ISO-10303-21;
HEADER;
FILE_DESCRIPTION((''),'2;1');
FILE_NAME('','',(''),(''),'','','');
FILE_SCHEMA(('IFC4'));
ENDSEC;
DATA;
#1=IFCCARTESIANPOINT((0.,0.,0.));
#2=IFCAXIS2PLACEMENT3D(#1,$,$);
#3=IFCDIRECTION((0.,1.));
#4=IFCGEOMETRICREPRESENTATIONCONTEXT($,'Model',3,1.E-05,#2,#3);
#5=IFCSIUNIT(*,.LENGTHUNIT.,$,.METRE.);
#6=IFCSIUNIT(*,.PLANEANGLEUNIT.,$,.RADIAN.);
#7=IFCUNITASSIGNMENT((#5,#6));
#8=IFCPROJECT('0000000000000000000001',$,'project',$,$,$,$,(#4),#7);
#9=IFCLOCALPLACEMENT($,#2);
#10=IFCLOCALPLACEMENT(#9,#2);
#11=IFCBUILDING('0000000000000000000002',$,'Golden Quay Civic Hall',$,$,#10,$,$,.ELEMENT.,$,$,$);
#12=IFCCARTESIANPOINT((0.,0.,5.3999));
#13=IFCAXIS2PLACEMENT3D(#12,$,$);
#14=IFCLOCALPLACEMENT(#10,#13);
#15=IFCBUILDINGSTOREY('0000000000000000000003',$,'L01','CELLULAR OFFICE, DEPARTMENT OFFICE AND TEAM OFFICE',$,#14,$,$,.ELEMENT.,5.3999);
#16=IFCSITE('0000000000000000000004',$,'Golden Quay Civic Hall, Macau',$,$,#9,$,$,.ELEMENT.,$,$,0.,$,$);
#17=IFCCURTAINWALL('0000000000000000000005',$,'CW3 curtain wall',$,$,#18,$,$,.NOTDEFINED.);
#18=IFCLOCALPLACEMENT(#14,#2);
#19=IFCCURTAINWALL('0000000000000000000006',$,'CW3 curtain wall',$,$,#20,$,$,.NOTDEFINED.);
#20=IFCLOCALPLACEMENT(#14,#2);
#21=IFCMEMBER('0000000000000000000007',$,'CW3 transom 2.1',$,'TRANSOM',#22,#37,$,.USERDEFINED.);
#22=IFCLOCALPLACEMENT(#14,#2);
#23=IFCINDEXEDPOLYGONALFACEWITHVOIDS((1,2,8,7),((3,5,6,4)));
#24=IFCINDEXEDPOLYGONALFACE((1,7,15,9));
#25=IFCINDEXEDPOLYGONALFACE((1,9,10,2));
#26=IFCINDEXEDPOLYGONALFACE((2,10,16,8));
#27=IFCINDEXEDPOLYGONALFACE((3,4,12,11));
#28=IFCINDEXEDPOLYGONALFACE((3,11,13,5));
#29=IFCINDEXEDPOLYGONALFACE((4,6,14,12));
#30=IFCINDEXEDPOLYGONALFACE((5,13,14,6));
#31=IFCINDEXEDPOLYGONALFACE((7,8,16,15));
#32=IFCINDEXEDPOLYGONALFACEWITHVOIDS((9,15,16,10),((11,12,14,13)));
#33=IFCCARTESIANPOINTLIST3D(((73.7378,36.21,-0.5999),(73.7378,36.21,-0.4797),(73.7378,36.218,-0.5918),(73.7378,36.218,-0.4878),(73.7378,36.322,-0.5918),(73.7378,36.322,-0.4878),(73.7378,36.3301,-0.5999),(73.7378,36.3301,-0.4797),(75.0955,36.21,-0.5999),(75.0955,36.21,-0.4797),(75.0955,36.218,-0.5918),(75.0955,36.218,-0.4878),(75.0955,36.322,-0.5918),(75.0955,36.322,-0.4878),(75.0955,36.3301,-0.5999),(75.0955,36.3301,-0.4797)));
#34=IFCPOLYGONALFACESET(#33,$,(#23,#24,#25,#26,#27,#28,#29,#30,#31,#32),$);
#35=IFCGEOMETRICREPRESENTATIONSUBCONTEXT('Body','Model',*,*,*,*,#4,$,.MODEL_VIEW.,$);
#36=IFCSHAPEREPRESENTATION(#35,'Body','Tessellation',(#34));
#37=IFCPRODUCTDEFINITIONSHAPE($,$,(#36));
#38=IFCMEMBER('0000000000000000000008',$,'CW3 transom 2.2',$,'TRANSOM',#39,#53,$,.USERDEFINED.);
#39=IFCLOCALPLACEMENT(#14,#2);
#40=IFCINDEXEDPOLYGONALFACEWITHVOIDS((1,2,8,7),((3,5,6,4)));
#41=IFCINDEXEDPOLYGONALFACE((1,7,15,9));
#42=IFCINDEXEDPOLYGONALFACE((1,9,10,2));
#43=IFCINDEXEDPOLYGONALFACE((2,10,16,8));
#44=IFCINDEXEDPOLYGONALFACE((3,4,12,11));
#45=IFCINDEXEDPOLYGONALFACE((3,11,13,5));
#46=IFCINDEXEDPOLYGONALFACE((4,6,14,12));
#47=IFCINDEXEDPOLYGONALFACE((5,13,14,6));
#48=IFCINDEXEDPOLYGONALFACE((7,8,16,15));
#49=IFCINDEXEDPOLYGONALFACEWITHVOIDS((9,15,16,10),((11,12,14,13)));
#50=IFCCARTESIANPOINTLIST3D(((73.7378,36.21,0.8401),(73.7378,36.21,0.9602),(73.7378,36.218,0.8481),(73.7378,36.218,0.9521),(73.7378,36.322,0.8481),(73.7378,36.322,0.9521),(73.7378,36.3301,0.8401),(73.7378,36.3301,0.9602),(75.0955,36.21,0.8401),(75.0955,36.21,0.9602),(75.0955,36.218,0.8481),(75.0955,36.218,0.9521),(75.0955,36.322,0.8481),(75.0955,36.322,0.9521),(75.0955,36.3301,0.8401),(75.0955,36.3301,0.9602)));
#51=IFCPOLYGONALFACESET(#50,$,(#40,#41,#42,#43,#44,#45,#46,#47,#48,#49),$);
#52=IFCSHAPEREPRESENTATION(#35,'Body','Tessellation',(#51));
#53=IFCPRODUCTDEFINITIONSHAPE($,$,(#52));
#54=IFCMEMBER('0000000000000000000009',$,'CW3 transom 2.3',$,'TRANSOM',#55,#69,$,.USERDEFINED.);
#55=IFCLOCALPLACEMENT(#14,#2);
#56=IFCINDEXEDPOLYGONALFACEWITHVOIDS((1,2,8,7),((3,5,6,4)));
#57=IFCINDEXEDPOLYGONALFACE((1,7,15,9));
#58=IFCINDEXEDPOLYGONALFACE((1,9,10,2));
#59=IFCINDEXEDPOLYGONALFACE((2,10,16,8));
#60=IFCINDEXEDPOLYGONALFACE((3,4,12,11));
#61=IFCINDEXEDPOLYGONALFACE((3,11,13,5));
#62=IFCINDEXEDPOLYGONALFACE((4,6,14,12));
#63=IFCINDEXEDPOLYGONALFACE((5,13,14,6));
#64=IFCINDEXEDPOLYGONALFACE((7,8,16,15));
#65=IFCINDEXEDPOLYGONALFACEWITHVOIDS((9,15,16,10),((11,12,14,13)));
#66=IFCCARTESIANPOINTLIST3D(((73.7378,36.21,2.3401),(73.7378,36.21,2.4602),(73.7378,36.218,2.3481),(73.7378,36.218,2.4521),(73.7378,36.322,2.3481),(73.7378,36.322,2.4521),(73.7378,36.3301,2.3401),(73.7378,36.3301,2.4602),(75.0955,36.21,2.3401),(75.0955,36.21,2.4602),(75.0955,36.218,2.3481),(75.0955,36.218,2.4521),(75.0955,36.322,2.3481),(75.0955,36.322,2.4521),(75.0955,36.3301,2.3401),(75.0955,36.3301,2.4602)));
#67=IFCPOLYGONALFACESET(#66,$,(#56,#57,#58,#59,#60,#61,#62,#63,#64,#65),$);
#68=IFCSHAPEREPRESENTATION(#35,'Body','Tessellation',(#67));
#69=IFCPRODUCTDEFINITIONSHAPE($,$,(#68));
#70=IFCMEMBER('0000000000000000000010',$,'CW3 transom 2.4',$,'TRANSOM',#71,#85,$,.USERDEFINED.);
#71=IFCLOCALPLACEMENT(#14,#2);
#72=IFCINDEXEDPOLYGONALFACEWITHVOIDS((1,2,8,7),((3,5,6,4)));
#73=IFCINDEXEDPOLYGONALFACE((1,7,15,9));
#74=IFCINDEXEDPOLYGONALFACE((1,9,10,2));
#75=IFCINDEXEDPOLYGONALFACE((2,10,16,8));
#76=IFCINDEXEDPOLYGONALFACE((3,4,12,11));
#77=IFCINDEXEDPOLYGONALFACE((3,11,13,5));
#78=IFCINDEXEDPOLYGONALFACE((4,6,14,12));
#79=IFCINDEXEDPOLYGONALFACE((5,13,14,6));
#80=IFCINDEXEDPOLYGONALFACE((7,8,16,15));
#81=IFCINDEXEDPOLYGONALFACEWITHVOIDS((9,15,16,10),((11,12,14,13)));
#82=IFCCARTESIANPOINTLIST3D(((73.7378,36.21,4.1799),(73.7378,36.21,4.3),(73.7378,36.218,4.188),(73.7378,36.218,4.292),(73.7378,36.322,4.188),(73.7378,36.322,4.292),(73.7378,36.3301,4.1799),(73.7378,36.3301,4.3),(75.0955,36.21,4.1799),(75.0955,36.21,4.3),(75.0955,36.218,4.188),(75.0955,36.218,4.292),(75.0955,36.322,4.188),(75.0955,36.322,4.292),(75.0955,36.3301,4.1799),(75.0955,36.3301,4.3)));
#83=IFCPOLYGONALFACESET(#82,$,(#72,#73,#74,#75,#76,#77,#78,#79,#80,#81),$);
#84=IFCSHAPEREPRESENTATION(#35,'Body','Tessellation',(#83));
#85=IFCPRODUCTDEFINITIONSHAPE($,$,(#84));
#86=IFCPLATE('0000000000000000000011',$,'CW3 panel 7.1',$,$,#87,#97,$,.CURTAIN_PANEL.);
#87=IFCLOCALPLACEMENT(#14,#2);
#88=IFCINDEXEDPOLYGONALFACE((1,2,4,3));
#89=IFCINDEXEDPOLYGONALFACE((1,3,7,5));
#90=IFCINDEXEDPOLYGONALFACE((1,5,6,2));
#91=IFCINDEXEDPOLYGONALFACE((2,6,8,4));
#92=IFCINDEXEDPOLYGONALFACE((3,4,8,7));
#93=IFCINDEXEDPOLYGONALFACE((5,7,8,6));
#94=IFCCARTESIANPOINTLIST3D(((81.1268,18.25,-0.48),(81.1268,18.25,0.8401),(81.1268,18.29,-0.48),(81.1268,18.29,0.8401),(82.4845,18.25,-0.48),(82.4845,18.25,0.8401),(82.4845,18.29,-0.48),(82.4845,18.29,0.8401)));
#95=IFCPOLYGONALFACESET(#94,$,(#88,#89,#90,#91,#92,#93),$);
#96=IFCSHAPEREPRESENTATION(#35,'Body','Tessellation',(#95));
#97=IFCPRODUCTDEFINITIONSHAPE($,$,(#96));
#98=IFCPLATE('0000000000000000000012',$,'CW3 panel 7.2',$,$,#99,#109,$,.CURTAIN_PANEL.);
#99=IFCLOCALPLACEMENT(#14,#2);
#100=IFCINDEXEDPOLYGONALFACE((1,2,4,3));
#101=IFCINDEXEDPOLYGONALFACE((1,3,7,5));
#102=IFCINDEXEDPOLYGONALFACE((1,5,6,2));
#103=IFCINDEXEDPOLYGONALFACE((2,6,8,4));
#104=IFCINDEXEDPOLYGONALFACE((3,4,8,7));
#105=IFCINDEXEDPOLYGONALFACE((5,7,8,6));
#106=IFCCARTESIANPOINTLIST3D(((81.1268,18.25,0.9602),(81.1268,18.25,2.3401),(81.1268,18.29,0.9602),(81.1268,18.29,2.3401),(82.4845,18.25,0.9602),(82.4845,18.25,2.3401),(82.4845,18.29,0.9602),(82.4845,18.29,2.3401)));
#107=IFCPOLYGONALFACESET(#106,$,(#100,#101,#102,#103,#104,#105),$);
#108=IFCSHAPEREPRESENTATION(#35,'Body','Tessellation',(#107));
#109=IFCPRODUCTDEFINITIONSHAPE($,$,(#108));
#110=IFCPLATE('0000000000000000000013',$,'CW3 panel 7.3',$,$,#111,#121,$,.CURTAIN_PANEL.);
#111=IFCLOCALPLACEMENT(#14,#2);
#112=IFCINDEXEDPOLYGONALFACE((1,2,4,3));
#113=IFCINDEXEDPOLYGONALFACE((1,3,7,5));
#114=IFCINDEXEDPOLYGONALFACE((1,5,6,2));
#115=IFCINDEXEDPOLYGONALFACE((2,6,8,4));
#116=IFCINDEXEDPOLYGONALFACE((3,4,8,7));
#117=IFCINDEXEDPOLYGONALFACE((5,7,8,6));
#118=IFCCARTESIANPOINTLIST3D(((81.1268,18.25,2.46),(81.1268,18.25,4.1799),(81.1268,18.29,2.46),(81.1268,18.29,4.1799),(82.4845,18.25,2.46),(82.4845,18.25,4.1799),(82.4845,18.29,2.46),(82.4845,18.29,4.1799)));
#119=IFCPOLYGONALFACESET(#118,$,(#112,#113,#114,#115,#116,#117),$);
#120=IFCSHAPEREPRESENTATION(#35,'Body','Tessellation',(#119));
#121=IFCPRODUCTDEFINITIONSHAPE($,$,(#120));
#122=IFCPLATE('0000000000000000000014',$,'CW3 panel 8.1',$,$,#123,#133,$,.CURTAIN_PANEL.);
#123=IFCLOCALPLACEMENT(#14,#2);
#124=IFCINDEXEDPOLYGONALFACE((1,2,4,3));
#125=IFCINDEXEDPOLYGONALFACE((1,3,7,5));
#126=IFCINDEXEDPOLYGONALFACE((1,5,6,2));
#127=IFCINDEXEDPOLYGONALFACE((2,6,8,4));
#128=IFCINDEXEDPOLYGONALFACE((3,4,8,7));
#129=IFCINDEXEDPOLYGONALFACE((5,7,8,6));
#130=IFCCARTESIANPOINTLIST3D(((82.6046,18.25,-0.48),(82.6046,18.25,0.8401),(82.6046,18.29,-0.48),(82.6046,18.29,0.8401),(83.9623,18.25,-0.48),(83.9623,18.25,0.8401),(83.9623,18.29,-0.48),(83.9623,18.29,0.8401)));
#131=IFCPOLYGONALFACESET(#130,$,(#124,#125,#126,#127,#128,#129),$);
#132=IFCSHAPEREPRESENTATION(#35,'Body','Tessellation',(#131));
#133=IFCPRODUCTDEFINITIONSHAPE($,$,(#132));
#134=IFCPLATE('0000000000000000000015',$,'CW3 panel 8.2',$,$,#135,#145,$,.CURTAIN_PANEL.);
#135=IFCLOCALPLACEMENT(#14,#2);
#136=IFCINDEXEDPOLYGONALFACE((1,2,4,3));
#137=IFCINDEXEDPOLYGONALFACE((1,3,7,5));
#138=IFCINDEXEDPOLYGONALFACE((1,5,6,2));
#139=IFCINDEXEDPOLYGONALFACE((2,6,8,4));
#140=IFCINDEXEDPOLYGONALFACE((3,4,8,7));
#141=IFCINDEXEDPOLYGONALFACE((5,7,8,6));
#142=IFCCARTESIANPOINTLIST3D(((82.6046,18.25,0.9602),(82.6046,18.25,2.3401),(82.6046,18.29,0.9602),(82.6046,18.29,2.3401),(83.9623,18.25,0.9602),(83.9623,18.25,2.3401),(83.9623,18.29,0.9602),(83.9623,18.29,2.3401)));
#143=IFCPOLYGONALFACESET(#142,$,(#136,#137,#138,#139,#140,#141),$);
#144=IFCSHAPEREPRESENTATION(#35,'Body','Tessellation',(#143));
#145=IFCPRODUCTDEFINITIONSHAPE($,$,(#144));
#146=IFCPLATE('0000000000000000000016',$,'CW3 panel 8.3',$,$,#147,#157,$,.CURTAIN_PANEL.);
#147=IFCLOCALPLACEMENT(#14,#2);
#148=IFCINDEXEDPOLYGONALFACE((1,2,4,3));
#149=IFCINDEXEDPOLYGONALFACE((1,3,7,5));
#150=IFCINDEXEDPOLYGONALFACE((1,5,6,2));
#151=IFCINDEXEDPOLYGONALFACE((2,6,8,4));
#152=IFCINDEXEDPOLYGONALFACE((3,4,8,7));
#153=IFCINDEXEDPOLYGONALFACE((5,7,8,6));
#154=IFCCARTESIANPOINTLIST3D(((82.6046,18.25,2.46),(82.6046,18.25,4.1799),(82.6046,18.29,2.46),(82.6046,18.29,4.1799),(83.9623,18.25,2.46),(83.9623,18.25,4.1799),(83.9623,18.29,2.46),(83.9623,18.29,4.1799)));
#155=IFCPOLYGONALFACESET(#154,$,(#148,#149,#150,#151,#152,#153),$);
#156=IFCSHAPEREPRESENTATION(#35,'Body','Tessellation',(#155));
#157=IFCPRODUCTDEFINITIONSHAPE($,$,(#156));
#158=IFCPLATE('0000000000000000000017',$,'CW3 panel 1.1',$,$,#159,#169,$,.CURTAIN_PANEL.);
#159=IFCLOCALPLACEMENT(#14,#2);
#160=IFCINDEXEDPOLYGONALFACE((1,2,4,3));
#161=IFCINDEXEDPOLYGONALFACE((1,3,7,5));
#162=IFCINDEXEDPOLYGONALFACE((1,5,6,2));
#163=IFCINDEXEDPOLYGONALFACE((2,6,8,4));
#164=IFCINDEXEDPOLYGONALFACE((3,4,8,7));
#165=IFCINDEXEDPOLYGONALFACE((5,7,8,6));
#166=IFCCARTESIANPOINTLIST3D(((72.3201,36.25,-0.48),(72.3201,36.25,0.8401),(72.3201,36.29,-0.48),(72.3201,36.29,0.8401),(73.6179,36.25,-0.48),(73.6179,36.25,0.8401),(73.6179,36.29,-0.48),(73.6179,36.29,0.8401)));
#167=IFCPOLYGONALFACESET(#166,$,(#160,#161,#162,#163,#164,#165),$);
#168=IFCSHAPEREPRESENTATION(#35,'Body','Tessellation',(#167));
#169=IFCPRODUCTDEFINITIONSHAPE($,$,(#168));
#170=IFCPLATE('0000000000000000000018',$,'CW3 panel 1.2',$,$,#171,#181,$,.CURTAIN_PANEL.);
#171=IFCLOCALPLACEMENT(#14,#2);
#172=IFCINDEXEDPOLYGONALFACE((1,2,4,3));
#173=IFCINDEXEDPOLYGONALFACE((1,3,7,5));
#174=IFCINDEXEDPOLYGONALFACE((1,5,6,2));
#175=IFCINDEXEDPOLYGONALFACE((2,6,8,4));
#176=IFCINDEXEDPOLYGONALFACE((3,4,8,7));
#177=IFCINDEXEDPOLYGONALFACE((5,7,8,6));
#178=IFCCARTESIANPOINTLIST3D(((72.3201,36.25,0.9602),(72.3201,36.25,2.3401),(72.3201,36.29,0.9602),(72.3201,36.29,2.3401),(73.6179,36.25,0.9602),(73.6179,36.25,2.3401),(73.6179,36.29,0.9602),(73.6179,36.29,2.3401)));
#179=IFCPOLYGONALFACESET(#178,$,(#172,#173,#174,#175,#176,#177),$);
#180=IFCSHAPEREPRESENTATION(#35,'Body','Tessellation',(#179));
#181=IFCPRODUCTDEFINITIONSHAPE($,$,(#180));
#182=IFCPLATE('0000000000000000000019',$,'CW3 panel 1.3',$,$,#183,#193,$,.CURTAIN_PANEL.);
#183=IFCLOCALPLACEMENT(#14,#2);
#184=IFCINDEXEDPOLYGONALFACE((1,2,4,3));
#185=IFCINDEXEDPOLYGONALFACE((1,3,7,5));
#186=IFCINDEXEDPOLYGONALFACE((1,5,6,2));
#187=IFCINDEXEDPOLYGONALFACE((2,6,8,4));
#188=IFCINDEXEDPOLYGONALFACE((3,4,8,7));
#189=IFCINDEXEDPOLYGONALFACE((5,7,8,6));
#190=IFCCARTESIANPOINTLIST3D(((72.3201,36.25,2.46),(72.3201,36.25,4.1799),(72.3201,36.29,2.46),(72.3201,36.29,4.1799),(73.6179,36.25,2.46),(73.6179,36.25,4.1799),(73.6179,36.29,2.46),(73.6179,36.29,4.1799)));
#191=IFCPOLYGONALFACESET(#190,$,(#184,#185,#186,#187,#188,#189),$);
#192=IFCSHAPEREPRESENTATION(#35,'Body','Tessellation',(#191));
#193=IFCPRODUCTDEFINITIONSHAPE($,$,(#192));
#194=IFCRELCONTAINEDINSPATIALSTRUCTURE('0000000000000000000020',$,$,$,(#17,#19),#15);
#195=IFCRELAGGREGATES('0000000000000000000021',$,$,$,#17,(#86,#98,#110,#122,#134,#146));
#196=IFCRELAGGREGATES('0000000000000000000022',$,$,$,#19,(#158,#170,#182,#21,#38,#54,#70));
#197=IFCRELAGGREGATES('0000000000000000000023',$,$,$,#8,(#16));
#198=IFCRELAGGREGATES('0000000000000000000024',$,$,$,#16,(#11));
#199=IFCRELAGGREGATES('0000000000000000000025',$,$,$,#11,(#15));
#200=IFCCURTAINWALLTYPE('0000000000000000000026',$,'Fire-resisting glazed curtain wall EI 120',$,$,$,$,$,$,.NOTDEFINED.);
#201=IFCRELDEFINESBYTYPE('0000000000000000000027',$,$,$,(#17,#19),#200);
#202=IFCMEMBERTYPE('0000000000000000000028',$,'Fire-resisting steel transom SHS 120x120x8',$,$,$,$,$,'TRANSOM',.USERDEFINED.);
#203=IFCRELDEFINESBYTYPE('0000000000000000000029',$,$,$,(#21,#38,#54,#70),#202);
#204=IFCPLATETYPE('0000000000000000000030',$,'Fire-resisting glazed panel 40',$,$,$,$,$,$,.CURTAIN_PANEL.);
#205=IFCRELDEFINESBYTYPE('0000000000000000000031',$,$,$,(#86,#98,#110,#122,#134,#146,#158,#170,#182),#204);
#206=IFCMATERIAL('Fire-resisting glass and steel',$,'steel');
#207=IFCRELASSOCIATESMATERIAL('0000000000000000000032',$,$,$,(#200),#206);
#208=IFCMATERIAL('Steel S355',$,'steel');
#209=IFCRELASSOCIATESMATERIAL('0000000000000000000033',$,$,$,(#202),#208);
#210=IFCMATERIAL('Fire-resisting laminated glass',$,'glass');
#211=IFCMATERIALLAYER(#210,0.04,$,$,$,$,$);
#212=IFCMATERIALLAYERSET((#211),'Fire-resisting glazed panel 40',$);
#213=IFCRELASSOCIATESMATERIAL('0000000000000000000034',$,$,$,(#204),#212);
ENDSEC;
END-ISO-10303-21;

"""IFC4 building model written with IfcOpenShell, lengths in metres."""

from ifc_helpers import new_model, si_unit, direction, frame, origin, origin_2d, place, context, subcontext, project, spatial, rectangle, hollow_rectangle, extrude, material, layer, layer_set, material_profile, profile_set, type_object, element, aggregate, save


model = new_model("IFC4")

# Units and contexts
model_context = context("Model", 3, precision=1e-05, world=origin(), true_north=direction((0.0, 1.0)))
body_context = subcontext(model_context, "Body", "Model", "MODEL_VIEW")
ifc_project = project(units=[si_unit("LENGTHUNIT", "METRE"), si_unit("PLANEANGLEUNIT", "RADIAN")], contexts=[model_context])

# Site, building, storey
site_placement = place(None, origin())
site = spatial("IfcSite", under=ifc_project, at=site_placement, Name="Golden Quay Civic Hall, Macau", CompositionType="ELEMENT", RefElevation=0.0)
building_placement = place(site_placement, origin())
building = spatial("IfcBuilding", under=site, at=building_placement, Name="Golden Quay Civic Hall", CompositionType="ELEMENT")
storey_placement = place(building_placement, frame((0.0, 0.0, 5.3999)))
storey = spatial("IfcBuildingStorey", under=building, at=storey_placement, Name="L01", Description="CELLULAR OFFICE, DEPARTMENT OFFICE AND TEAM OFFICE", CompositionType="ELEMENT", Elevation=5.3999)

# Curtain wall
ifc_material_1 = material(Name="Fire-resisting glass and steel", Category="steel")
curtain_wall_type = type_object("IfcCurtainWallType", Name="Fire-resisting glazed curtain wall EI 120", PredefinedType="NOTDEFINED", material=ifc_material_1)
curtain_wall_1_placement = place(storey_placement, origin())
curtain_wall_1 = element("IfcCurtainWall", 1, at=curtain_wall_1_placement, inside=storey, type_object=curtain_wall_type, Name="CW3 curtain wall", PredefinedType="NOTDEFINED")

# Curtain wall
curtain_wall_2_placement = place(storey_placement, origin())
curtain_wall_2 = element("IfcCurtainWall", 2, at=curtain_wall_2_placement, inside=storey, type_object=curtain_wall_type, Name="CW3 curtain wall", PredefinedType="NOTDEFINED")

# Members
ifc_material_2 = material(Name="Steel S355", Category="steel")
ifc_material_profile_1 = material_profile(ifc_material_2, hollow_rectangle(XDim=0.1201, YDim=0.1201, WallThickness=0.0081, at=origin_2d()), Name="SHS 120x120x8")
ifc_profile_set_1 = profile_set([ifc_material_profile_1], Name="Steel S355")
member_type_1 = type_object("IfcMemberType", Name="Fire-resisting steel transom SHS 120x120x8", ElementType="TRANSOM", PredefinedType="USERDEFINED", material=ifc_profile_set_1)
member_1_placement = place(storey_placement, frame((73.7378, 36.27, -0.5398), z_axis=(1.0, 0.0, 0.0), x_axis=(0.0, 1.0, 0.0)))
member_1 = element("IfcMember", 3, at=member_1_placement, type_object=member_type_1, Name="CW3 transom 2.1", ObjectType="TRANSOM", PredefinedType="USERDEFINED", context=body_context, shape_type="SweptSolid", body=[
    extrude(hollow_rectangle(XDim=0.1201, YDim=0.1201, WallThickness=0.0081, at=origin_2d()), origin(), (0.0, 0.0, 1.0), 1.3577),
])
member_2_placement = place(storey_placement, frame((73.7378, 36.27, 0.9001), z_axis=(1.0, 0.0, 0.0), x_axis=(0.0, 1.0, 0.0)))
member_2 = element("IfcMember", 4, at=member_2_placement, type_object=member_type_1, Name="CW3 transom 2.2", ObjectType="TRANSOM", PredefinedType="USERDEFINED", context=body_context, shape_type="SweptSolid", body=[
    extrude(hollow_rectangle(XDim=0.1201, YDim=0.1201, WallThickness=0.0081, at=origin_2d()), origin(), (0.0, 0.0, 1.0), 1.3577),
])
member_3_placement = place(storey_placement, frame((73.7378, 36.27, 2.4001), z_axis=(1.0, 0.0, 0.0), x_axis=(0.0, 1.0, 0.0)))
member_3 = element("IfcMember", 5, at=member_3_placement, type_object=member_type_1, Name="CW3 transom 2.3", ObjectType="TRANSOM", PredefinedType="USERDEFINED", context=body_context, shape_type="SweptSolid", body=[
    extrude(hollow_rectangle(XDim=0.1201, YDim=0.1201, WallThickness=0.0081, at=origin_2d()), origin(), (0.0, 0.0, 1.0), 1.3577),
])
member_4_placement = place(storey_placement, frame((73.7378, 36.27, 4.24), z_axis=(1.0, 0.0, 0.0), x_axis=(0.0, 1.0, 0.0)))
member_4 = element("IfcMember", 6, at=member_4_placement, type_object=member_type_1, Name="CW3 transom 2.4", ObjectType="TRANSOM", PredefinedType="USERDEFINED", context=body_context, shape_type="SweptSolid", body=[
    extrude(hollow_rectangle(XDim=0.1201, YDim=0.1201, WallThickness=0.0081, at=origin_2d()), origin(), (0.0, 0.0, 1.0), 1.3577),
])

# Plates
ifc_material_3 = material(Name="Fire-resisting laminated glass", Category="glass")
ifc_layer = layer(ifc_material_3, 0.04)
ifc_layer_set = layer_set([ifc_layer], Name="Fire-resisting glazed panel 40")
plate_type = type_object("IfcPlateType", Name="Fire-resisting glazed panel 40", PredefinedType="CURTAIN_PANEL", material=ifc_layer_set)
plate_1_placement = place(storey_placement, frame((81.8057, 18.27, -0.48), z_axis=(0.0, 0.0, 1.0), x_axis=(1.0, 0.0, 0.0)))
plate_1 = element("IfcPlate", 7, at=plate_1_placement, type_object=plate_type, Name="CW3 panel 7.1", PredefinedType="CURTAIN_PANEL", context=body_context, shape_type="SweptSolid", body=[
    extrude(rectangle(XDim=1.3577, YDim=0.04, at=origin_2d()), origin(), (0.0, 0.0, 1.0), 1.3201),
])
plate_2_placement = place(storey_placement, frame((81.8057, 18.27, 0.9602), z_axis=(0.0, 0.0, 1.0), x_axis=(1.0, 0.0, 0.0)))
plate_2 = element("IfcPlate", 8, at=plate_2_placement, type_object=plate_type, Name="CW3 panel 7.2", PredefinedType="CURTAIN_PANEL", context=body_context, shape_type="SweptSolid", body=[
    extrude(rectangle(XDim=1.3577, YDim=0.04, at=origin_2d()), origin(), (0.0, 0.0, 1.0), 1.3799),
])
plate_3_placement = place(storey_placement, frame((81.8057, 18.27, 2.46), z_axis=(0.0, 0.0, 1.0), x_axis=(1.0, 0.0, 0.0)))
plate_3 = element("IfcPlate", 9, at=plate_3_placement, type_object=plate_type, Name="CW3 panel 7.3", PredefinedType="CURTAIN_PANEL", context=body_context, shape_type="SweptSolid", body=[
    extrude(rectangle(XDim=1.3577, YDim=0.04, at=origin_2d()), origin(), (0.0, 0.0, 1.0), 1.72),
])
plate_4_placement = place(storey_placement, frame((83.2834, 18.27, -0.48), z_axis=(0.0, 0.0, 1.0), x_axis=(1.0, 0.0, 0.0)))
plate_4 = element("IfcPlate", 10, at=plate_4_placement, type_object=plate_type, Name="CW3 panel 8.1", PredefinedType="CURTAIN_PANEL", context=body_context, shape_type="SweptSolid", body=[
    extrude(rectangle(XDim=1.3577, YDim=0.04, at=origin_2d()), origin(), (0.0, 0.0, 1.0), 1.3201),
])
plate_5_placement = place(storey_placement, frame((83.2834, 18.27, 0.9602), z_axis=(0.0, 0.0, 1.0), x_axis=(1.0, 0.0, 0.0)))
plate_5 = element("IfcPlate", 11, at=plate_5_placement, type_object=plate_type, Name="CW3 panel 8.2", PredefinedType="CURTAIN_PANEL", context=body_context, shape_type="SweptSolid", body=[
    extrude(rectangle(XDim=1.3577, YDim=0.04, at=origin_2d()), origin(), (0.0, 0.0, 1.0), 1.3799),
])
plate_6_placement = place(storey_placement, frame((83.2834, 18.27, 2.46), z_axis=(0.0, 0.0, 1.0), x_axis=(1.0, 0.0, 0.0)))
plate_6 = element("IfcPlate", 12, at=plate_6_placement, type_object=plate_type, Name="CW3 panel 8.3", PredefinedType="CURTAIN_PANEL", context=body_context, shape_type="SweptSolid", body=[
    extrude(rectangle(XDim=1.3577, YDim=0.04, at=origin_2d()), origin(), (0.0, 0.0, 1.0), 1.72),
])
aggregate(curtain_wall_1, [plate_1, plate_2, plate_3, plate_4, plate_5, plate_6])
plate_7_placement = place(storey_placement, frame((72.969, 36.27, -0.48), z_axis=(0.0, 0.0, 1.0), x_axis=(1.0, 0.0, 0.0)))
plate_7 = element("IfcPlate", 13, at=plate_7_placement, type_object=plate_type, Name="CW3 panel 1.1", PredefinedType="CURTAIN_PANEL", context=body_context, shape_type="SweptSolid", body=[
    extrude(rectangle(XDim=1.2979, YDim=0.04, at=origin_2d()), origin(), (0.0, 0.0, 1.0), 1.3201),
])
plate_8_placement = place(storey_placement, frame((72.969, 36.27, 0.9602), z_axis=(0.0, 0.0, 1.0), x_axis=(1.0, 0.0, 0.0)))
plate_8 = element("IfcPlate", 14, at=plate_8_placement, type_object=plate_type, Name="CW3 panel 1.2", PredefinedType="CURTAIN_PANEL", context=body_context, shape_type="SweptSolid", body=[
    extrude(rectangle(XDim=1.2979, YDim=0.04, at=origin_2d()), origin(), (0.0, 0.0, 1.0), 1.3799),
])
plate_9_placement = place(storey_placement, frame((72.969, 36.27, 2.46), z_axis=(0.0, 0.0, 1.0), x_axis=(1.0, 0.0, 0.0)))
plate_9 = element("IfcPlate", 15, at=plate_9_placement, type_object=plate_type, Name="CW3 panel 1.3", PredefinedType="CURTAIN_PANEL", context=body_context, shape_type="SweptSolid", body=[
    extrude(rectangle(XDim=1.2979, YDim=0.04, at=origin_2d()), origin(), (0.0, 0.0, 1.0), 1.72),
])
aggregate(curtain_wall_2, [plate_7, plate_8, plate_9, member_1, member_2, member_3, member_4])

save(model, "model.ifc")
